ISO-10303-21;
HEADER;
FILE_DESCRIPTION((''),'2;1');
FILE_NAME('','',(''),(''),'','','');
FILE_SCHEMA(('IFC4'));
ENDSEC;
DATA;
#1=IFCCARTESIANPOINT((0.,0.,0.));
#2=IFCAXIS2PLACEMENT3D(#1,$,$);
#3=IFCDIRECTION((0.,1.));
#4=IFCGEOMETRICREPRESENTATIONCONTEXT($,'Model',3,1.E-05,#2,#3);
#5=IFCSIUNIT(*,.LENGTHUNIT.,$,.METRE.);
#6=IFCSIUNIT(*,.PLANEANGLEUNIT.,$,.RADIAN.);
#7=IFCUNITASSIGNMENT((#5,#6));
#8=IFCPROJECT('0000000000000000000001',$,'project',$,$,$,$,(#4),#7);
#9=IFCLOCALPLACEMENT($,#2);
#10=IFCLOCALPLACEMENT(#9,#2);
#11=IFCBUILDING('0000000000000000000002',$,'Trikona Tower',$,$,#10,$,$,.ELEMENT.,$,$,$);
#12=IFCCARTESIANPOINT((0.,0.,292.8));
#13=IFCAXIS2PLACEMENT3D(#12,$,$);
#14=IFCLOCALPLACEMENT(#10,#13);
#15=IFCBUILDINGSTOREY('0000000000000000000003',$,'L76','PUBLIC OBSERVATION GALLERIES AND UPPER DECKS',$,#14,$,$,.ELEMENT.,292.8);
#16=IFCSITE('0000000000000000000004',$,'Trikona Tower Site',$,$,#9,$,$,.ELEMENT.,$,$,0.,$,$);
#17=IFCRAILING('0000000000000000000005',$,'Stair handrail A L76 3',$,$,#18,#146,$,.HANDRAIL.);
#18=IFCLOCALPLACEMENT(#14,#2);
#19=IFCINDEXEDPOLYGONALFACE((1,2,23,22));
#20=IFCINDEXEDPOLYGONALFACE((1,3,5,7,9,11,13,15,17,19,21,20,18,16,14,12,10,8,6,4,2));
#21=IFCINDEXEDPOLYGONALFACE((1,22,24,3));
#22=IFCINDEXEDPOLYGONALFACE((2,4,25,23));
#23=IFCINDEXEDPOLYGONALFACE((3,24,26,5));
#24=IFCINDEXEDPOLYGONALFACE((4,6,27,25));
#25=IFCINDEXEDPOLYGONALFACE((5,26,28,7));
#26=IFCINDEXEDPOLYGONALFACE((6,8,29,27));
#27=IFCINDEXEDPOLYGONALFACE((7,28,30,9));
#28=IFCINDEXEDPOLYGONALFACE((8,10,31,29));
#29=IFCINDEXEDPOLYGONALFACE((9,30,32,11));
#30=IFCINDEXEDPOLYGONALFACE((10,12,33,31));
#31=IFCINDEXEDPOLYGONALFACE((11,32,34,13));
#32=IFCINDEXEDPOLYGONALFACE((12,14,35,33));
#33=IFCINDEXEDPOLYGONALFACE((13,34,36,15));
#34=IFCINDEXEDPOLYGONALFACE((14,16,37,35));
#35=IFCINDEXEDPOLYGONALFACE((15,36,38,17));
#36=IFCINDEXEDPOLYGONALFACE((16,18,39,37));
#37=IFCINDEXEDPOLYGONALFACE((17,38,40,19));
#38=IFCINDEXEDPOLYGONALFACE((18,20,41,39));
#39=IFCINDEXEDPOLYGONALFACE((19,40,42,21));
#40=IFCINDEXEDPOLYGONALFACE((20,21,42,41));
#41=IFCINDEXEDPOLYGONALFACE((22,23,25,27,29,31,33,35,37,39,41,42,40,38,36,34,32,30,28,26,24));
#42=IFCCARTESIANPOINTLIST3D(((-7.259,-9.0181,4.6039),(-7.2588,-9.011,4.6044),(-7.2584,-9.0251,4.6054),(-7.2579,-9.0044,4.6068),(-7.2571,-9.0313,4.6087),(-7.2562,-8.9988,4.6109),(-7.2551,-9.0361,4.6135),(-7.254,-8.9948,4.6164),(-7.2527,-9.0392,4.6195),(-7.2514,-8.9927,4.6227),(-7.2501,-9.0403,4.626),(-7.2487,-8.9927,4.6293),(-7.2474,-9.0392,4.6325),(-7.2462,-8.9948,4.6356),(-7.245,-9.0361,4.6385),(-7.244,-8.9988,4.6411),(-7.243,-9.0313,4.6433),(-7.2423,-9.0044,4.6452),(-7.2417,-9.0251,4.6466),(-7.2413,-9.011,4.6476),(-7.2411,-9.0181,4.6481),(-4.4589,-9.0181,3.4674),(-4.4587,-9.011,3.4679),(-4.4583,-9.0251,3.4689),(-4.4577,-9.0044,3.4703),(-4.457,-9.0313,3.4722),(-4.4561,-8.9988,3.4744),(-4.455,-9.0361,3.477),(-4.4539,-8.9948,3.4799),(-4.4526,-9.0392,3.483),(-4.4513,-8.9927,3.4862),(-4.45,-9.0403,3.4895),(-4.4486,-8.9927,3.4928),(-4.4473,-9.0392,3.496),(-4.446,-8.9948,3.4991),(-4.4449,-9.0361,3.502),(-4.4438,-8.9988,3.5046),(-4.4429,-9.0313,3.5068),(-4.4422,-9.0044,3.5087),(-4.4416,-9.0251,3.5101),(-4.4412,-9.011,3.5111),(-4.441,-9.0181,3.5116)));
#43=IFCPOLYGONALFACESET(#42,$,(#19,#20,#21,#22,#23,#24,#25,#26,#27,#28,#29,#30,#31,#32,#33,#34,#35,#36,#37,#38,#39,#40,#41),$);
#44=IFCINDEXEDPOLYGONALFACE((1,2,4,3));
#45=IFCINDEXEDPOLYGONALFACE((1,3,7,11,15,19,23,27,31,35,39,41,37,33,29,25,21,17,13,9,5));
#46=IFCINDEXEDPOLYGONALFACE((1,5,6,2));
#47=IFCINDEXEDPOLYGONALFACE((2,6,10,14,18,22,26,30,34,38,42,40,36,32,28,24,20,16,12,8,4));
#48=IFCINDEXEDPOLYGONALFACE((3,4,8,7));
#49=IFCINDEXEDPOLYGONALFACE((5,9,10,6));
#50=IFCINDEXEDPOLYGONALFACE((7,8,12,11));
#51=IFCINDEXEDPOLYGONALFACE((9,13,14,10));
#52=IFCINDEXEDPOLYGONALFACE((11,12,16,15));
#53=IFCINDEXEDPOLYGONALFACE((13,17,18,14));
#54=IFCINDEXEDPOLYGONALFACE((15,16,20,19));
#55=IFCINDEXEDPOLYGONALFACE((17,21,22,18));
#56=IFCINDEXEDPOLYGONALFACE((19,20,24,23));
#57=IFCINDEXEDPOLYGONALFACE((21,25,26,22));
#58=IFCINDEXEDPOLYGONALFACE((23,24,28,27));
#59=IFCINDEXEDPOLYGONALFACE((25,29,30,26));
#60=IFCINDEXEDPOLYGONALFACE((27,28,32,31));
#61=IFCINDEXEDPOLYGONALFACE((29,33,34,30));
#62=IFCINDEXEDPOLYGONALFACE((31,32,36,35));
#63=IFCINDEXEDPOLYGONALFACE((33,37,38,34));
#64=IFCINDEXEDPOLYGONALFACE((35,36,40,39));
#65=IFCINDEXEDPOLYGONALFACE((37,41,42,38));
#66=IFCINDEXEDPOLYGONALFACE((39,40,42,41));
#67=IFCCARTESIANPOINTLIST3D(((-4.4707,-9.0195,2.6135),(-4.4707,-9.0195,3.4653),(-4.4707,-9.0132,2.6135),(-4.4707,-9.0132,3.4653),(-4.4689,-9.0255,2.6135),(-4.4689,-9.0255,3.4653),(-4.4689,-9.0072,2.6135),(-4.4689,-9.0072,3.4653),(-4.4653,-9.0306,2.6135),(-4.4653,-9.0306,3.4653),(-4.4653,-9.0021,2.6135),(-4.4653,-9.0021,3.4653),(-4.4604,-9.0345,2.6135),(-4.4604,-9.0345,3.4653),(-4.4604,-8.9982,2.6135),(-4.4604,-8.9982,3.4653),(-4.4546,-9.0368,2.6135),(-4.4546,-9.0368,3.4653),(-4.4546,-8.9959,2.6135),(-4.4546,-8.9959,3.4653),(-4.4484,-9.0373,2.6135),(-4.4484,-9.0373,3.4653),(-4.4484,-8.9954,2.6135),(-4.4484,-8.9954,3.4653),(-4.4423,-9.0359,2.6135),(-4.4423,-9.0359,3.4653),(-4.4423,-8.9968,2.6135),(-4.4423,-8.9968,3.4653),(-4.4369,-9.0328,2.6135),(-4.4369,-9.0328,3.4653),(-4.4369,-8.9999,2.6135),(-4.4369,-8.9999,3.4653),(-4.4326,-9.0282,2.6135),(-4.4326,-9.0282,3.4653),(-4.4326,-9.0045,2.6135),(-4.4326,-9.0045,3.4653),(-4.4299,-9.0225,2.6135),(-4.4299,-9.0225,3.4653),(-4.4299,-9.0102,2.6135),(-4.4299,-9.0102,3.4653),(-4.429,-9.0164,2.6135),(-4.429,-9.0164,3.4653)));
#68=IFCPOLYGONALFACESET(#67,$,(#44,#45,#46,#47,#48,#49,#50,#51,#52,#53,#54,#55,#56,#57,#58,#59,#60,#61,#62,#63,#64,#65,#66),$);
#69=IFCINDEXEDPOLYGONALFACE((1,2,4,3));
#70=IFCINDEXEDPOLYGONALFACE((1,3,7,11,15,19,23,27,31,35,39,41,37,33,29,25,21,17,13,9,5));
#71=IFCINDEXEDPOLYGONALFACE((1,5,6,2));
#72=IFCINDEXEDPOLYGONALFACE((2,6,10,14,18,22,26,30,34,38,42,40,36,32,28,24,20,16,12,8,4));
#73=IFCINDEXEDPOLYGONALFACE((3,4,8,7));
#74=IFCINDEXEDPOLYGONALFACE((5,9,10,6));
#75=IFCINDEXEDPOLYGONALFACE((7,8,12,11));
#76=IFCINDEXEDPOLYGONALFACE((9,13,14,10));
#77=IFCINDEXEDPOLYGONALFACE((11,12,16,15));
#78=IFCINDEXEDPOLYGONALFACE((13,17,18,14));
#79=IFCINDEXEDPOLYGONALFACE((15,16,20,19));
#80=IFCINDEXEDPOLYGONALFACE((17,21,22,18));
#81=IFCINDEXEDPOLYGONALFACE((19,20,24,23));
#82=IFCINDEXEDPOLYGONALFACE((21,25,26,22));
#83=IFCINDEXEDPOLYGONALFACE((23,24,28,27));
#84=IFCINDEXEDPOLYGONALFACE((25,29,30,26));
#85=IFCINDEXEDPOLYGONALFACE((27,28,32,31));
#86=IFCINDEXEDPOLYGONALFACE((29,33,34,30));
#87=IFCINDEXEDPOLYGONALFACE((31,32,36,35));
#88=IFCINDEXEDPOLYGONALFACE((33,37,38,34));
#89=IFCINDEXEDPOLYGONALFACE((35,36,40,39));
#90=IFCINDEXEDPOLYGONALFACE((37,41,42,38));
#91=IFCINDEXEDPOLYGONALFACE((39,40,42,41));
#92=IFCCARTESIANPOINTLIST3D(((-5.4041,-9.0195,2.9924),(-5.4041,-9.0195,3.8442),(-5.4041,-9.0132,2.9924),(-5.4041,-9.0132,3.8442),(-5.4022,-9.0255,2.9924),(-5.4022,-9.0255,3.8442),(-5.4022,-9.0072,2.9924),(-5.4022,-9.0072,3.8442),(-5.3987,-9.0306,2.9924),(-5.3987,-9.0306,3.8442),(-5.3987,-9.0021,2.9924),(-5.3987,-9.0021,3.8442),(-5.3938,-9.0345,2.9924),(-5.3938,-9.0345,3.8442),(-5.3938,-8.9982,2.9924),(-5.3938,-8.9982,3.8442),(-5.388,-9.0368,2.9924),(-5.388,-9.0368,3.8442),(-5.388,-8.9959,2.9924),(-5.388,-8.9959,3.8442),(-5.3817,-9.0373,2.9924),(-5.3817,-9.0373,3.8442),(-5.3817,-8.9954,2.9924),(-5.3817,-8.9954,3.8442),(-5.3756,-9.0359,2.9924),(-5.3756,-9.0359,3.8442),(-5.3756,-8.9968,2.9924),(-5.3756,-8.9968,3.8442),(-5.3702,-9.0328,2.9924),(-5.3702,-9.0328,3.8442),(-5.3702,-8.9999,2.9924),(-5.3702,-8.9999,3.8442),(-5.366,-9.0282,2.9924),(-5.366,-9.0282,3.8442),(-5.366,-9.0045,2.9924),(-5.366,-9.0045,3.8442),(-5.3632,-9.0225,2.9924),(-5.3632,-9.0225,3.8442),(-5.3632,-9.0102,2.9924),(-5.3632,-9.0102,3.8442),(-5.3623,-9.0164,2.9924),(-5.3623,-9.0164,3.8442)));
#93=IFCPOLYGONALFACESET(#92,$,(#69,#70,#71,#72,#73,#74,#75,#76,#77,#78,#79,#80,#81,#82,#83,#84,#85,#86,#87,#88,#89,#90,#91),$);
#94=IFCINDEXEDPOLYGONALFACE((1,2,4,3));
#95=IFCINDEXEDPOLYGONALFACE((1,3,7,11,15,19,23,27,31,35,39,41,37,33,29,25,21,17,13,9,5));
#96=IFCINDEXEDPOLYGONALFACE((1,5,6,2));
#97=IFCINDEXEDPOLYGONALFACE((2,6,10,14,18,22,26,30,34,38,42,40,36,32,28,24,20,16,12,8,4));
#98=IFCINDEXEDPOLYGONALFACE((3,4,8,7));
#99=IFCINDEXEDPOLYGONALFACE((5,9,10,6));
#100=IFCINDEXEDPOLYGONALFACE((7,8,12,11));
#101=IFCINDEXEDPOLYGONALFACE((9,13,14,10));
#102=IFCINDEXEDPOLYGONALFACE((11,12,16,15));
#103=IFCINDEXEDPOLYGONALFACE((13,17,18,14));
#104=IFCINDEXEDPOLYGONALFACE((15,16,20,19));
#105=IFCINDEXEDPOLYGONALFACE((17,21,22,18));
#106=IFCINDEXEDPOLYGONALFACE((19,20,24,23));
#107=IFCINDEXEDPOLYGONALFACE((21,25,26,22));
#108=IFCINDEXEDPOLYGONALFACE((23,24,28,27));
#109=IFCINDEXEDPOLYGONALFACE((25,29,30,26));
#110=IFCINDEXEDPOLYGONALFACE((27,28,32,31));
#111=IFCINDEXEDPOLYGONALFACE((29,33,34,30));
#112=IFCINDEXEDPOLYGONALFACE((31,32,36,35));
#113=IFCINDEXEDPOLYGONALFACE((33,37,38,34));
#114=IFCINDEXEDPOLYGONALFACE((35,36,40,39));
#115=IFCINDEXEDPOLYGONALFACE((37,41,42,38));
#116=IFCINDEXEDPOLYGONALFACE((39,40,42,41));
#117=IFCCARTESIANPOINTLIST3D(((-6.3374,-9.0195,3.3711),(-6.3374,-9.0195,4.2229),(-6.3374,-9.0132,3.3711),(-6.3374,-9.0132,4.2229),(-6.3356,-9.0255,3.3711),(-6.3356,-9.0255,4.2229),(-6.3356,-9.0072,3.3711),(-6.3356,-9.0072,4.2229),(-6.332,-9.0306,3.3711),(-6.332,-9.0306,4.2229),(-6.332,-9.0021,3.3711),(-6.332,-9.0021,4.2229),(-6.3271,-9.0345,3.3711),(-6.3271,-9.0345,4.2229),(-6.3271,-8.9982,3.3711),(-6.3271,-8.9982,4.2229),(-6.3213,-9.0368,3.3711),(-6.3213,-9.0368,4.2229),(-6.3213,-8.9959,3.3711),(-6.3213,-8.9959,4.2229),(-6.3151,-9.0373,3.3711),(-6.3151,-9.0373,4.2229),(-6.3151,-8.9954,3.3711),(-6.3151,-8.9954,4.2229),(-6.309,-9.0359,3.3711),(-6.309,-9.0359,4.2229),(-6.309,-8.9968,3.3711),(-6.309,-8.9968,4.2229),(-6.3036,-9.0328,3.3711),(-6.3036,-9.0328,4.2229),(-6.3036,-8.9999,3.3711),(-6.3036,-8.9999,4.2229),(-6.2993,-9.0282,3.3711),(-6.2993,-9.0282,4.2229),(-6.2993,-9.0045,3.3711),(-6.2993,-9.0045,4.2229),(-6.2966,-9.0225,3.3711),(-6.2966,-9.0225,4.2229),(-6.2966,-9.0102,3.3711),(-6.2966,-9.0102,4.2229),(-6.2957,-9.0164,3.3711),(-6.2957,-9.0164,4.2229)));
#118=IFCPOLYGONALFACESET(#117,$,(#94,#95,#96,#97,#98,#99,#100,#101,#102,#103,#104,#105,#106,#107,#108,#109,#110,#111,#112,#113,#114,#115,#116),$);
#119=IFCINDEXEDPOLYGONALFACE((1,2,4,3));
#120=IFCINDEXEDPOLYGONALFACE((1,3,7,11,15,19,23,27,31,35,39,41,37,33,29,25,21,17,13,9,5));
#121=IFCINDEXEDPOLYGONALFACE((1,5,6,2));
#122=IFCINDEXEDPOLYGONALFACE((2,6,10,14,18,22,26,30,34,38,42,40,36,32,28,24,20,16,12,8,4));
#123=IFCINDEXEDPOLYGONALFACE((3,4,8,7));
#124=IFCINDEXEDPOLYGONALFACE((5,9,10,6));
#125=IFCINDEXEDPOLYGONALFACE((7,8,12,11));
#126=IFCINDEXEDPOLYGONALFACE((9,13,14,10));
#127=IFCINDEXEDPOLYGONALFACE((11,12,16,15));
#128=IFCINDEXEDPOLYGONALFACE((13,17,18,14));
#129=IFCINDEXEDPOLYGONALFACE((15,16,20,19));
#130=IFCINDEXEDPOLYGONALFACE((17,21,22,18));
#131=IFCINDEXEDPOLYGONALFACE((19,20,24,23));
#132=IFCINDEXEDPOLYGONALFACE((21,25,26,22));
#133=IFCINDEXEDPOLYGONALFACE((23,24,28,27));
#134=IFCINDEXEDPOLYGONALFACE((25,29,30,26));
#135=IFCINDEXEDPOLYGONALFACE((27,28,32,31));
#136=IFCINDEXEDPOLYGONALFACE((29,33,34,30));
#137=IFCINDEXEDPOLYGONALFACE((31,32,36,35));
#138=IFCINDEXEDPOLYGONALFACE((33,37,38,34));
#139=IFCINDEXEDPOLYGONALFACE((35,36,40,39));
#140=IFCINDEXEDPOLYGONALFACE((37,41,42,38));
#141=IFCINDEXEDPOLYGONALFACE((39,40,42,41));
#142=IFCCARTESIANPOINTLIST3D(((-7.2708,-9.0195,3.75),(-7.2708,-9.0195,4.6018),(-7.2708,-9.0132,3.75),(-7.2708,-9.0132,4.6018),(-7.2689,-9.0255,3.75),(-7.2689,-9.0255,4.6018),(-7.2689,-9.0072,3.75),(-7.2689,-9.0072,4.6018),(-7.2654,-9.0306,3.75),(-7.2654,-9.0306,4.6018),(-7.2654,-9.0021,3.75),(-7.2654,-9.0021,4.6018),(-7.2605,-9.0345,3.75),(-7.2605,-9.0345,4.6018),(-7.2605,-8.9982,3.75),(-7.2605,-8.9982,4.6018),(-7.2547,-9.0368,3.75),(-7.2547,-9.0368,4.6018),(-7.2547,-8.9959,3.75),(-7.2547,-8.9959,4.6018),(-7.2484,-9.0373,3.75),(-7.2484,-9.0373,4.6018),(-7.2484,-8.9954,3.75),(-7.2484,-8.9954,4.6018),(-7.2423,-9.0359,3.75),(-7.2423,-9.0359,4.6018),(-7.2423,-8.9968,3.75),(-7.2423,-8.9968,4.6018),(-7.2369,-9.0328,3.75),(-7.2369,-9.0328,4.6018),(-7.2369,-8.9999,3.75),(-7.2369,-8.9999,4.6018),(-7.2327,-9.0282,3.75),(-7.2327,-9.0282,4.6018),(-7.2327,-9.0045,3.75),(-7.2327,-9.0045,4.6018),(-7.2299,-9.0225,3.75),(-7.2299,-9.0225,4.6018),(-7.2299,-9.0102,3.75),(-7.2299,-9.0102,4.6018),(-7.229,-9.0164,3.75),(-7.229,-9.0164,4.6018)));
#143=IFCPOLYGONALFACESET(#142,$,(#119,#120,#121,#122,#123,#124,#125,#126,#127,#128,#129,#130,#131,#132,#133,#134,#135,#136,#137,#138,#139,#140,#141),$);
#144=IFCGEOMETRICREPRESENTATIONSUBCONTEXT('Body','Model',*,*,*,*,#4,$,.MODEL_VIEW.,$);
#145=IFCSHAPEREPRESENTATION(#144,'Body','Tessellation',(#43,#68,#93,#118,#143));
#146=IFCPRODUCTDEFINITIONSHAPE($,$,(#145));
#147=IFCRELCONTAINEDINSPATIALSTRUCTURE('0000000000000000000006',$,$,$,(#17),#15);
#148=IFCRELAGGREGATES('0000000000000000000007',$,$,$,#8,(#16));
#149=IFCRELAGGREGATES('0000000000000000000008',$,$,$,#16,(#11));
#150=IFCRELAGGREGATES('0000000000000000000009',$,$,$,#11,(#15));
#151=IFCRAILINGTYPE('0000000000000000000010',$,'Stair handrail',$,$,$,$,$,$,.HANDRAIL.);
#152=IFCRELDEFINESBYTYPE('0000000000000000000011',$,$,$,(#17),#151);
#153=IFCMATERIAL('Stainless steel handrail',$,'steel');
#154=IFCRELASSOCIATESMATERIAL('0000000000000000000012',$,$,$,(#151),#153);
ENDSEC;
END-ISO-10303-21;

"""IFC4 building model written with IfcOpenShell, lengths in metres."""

from ifc_helpers import new_model, si_unit, direction, frame, origin, origin_2d, place, context, subcontext, project, spatial, circle, extrude, material, type_object, element, save


model = new_model("IFC4")

# Units and contexts
model_context = context("Model", 3, precision=1e-05, world=origin(), true_north=direction((0.0, 1.0)))
body_context = subcontext(model_context, "Body", "Model", "MODEL_VIEW")
ifc_project = project(units=[si_unit("LENGTHUNIT", "METRE"), si_unit("PLANEANGLEUNIT", "RADIAN")], contexts=[model_context])

# Site, building, storey
site_placement = place(None, origin())
site = spatial("IfcSite", under=ifc_project, at=site_placement, Name="Trikona Tower Site", CompositionType="ELEMENT", RefElevation=0.0)
building_placement = place(site_placement, origin())
building = spatial("IfcBuilding", under=site, at=building_placement, Name="Trikona Tower", CompositionType="ELEMENT")
storey_placement = place(building_placement, frame((0.0, 0.0, 292.8)))
storey = spatial("IfcBuildingStorey", under=building, at=storey_placement, Name="L76", Description="PUBLIC OBSERVATION GALLERIES AND UPPER DECKS", CompositionType="ELEMENT", Elevation=292.8)

# Railing
ifc_material_1 = material(Name="Stainless steel handrail", Category="steel")
railing_type = type_object("IfcRailingType", Name="Stair handrail", PredefinedType="HANDRAIL", material=ifc_material_1)
railing_1_placement = place(storey_placement, frame((-4.45, -9.0164, 2.6135)))
element("IfcRailing", 1, at=railing_1_placement, inside=storey, type_object=railing_type, Name="Stair handrail A L76 3", PredefinedType="HANDRAIL", context=body_context, shape_type="SweptSolid", body=[
    extrude(circle(Radius=0.0239, at=origin_2d()), frame((0.0, 0.0, 0.876), z_axis=(-0.926587, 0.0, 0.37608), x_axis=(0.0, -1.0, 0.0)), (0.0, 0.0, 1.0), 3.022),
    extrude(circle(Radius=0.021, at=origin_2d()), origin(), (0.0, 0.0, 1.0), 0.8518),
    extrude(circle(Radius=0.021, at=origin_2d()), frame((-0.9333, 0.0, 0.3789)), (0.0, 0.0, 1.0), 0.8518),
    extrude(circle(Radius=0.021, at=origin_2d()), frame((-1.8667, 0.0, 0.7576)), (0.0, 0.0, 1.0), 0.8518),
    extrude(circle(Radius=0.021, at=origin_2d()), frame((-2.8, 0.0, 1.1365)), (0.0, 0.0, 1.0), 0.8518),
])

save(model, "model.ifc")
